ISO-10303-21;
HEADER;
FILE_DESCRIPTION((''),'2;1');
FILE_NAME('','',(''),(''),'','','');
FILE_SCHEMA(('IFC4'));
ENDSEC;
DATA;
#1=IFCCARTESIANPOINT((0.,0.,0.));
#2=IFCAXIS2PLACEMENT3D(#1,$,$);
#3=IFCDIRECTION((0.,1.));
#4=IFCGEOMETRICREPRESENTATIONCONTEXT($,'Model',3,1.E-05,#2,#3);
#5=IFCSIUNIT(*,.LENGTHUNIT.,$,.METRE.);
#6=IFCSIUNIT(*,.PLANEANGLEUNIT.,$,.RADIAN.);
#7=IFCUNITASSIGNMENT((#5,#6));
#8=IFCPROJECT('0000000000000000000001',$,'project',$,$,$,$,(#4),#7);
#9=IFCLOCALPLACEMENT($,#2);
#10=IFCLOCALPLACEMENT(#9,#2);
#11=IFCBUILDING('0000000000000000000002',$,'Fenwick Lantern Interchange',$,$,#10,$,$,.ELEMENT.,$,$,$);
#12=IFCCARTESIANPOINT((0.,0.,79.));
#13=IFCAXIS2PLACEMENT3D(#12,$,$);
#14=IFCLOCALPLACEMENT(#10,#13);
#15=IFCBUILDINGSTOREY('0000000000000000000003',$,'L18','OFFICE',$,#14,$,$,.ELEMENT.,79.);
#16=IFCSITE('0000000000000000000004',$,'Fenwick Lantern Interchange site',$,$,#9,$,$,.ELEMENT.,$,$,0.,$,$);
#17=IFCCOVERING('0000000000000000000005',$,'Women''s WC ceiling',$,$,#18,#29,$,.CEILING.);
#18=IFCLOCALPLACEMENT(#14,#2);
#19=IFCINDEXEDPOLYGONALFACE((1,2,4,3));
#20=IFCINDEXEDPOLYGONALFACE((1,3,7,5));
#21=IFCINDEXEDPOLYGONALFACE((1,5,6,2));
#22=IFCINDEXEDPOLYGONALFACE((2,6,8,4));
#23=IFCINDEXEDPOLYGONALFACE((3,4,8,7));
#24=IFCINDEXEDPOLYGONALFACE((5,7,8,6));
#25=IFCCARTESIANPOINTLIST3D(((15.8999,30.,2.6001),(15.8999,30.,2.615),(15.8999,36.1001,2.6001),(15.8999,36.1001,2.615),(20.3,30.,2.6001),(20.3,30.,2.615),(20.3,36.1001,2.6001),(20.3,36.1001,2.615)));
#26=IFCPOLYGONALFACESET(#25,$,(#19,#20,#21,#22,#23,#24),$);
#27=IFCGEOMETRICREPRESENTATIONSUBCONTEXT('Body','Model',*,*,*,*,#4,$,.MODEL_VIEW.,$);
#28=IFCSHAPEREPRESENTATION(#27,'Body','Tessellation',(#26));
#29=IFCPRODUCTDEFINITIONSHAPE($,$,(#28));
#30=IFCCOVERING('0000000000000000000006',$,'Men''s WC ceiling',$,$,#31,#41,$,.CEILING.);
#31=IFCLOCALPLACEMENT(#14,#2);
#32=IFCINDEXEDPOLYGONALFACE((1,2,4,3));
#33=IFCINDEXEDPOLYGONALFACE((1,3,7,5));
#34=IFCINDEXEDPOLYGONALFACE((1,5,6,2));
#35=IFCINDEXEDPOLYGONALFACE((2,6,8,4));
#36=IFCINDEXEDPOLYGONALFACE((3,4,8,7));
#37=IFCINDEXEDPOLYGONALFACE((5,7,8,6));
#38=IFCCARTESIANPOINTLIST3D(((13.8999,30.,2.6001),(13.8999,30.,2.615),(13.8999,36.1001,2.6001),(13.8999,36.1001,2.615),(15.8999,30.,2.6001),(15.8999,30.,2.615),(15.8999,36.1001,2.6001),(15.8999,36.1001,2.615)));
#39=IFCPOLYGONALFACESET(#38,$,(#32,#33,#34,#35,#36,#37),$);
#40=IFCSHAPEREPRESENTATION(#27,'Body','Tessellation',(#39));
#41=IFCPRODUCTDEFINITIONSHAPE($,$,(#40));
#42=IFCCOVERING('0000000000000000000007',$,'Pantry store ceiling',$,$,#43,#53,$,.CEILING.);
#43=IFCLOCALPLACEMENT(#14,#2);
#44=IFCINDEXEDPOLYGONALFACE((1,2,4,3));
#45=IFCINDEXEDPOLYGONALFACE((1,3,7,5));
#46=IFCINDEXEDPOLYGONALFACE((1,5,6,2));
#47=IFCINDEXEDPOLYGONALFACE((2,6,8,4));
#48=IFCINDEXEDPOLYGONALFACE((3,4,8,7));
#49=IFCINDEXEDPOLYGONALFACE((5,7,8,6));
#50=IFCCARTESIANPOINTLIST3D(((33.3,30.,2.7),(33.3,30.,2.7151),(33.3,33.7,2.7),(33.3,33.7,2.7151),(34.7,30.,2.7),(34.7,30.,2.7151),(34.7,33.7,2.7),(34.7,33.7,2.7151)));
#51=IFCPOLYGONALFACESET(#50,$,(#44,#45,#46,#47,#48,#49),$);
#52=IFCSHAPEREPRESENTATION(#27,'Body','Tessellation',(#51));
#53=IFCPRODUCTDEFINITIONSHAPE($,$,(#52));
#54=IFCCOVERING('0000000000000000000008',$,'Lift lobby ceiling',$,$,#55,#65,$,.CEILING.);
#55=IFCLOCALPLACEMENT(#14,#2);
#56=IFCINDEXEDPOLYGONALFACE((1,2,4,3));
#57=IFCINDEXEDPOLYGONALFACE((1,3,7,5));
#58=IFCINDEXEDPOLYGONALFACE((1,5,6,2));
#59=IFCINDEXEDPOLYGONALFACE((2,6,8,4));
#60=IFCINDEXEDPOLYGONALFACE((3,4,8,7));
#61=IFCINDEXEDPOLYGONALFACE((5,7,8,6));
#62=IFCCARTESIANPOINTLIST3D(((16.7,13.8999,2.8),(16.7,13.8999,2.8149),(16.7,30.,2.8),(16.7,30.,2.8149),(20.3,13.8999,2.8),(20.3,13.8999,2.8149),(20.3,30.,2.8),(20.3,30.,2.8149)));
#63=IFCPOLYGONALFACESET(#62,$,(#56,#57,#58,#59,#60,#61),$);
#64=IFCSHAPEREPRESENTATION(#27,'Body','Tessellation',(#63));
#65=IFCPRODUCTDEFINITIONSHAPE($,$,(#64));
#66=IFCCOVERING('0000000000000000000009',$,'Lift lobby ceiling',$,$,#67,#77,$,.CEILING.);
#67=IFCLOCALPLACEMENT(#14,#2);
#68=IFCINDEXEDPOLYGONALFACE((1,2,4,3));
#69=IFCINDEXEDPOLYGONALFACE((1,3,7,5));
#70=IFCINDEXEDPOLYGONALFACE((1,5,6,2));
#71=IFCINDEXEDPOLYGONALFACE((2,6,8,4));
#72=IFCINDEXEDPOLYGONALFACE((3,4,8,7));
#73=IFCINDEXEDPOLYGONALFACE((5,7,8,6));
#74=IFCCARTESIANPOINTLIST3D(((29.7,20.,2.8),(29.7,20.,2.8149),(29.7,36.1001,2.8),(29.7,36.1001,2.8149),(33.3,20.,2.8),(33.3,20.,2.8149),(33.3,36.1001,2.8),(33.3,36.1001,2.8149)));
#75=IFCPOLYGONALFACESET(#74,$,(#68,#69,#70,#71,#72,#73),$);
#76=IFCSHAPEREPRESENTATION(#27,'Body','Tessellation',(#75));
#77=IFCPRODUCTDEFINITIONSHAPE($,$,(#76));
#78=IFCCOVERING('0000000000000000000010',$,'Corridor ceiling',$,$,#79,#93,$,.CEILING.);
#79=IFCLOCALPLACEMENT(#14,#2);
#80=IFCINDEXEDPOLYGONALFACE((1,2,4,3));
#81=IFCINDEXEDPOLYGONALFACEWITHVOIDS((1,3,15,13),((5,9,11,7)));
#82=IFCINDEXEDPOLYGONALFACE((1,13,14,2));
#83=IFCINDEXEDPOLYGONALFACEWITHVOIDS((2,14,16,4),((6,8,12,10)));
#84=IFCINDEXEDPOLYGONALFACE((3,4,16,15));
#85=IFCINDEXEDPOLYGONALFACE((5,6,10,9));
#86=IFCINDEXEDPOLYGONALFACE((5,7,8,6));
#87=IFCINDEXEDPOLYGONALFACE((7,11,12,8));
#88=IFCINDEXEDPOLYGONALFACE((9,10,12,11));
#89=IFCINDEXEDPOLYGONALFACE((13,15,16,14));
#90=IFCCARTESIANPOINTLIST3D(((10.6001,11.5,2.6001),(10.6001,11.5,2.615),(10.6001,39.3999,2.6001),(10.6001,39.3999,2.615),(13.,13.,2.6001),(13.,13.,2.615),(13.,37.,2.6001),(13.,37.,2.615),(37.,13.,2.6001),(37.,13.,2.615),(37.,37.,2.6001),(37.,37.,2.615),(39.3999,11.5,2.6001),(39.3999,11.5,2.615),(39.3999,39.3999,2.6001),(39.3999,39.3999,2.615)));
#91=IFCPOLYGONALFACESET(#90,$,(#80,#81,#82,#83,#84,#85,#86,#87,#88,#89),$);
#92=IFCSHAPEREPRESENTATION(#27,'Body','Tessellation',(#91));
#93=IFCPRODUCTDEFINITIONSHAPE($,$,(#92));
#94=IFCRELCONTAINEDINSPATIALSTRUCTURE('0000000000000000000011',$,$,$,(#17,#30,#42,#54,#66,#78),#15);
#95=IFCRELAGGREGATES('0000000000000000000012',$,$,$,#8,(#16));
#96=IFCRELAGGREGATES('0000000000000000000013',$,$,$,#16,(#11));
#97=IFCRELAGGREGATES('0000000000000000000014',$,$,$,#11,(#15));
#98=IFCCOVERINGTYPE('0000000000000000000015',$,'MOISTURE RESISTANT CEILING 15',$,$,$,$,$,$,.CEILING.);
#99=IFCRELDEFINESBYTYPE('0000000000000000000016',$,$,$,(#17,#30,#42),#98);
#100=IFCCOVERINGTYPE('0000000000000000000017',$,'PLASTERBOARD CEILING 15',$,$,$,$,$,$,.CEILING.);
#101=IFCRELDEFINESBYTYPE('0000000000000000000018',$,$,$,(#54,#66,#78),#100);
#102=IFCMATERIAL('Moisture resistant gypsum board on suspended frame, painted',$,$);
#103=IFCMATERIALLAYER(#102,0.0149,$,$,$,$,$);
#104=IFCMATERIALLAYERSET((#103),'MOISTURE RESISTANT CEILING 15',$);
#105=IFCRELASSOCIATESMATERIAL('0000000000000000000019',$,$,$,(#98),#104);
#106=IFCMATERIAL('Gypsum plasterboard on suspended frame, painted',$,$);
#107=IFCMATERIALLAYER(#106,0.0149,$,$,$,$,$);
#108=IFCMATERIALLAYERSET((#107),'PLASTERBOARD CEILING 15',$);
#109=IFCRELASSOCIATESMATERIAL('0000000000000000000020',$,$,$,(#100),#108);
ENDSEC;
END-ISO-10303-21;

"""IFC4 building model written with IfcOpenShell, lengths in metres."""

from ifc_helpers import new_model, si_unit, direction, frame, origin, place, context, subcontext, project, spatial, polyline, outline, extrude, material, layer, layer_set, type_object, element, save


model = new_model("IFC4")

# Units and contexts
model_context = context("Model", 3, precision=1e-05, world=origin(), true_north=direction((0.0, 1.0)))
body_context = subcontext(model_context, "Body", "Model", "MODEL_VIEW")
ifc_project = project(units=[si_unit("LENGTHUNIT", "METRE"), si_unit("PLANEANGLEUNIT", "RADIAN")], contexts=[model_context])

# Site, building, storey
site_placement = place(None, origin())
site = spatial("IfcSite", under=ifc_project, at=site_placement, Name="Fenwick Lantern Interchange site", CompositionType="ELEMENT", RefElevation=0.0)
building_placement = place(site_placement, origin())
building = spatial("IfcBuilding", under=site, at=building_placement, Name="Fenwick Lantern Interchange", CompositionType="ELEMENT")
storey_placement = place(building_placement, frame((0.0, 0.0, 79.0)))
storey = spatial("IfcBuildingStorey", under=building, at=storey_placement, Name="L18", Description="OFFICE", CompositionType="ELEMENT", Elevation=79.0)

# Coverings
ifc_material_1 = material(Name="Moisture resistant gypsum board on suspended frame, painted")
ifc_layer_1 = layer(ifc_material_1, 0.0149)
ifc_layer_set_1 = layer_set([ifc_layer_1], Name="MOISTURE RESISTANT CEILING 15")
covering_type_1 = type_object("IfcCoveringType", Name="MOISTURE RESISTANT CEILING 15", PredefinedType="CEILING", material=ifc_layer_set_1)
covering_1_placement = place(storey_placement, frame((0.0, 0.0, 2.6001)))
element("IfcCovering", 1, at=covering_1_placement, inside=storey, type_object=covering_type_1, Name="Women's WC ceiling", PredefinedType="CEILING", context=body_context, shape_type="SweptSolid", body=[
    extrude(outline(polyline([(20.3, 36.1001), (15.8999, 36.1001), (15.8999, 30.0), (20.3, 30.0), (20.3, 36.1001)])), origin(), (0.0, 0.0, 1.0), 0.0149),
])
covering_2_placement = place(storey_placement, frame((0.0, 0.0, 2.6001)))
element("IfcCovering", 2, at=covering_2_placement, inside=storey, type_object=covering_type_1, Name="Men's WC ceiling", PredefinedType="CEILING", context=body_context, shape_type="SweptSolid", body=[
    extrude(outline(polyline([(15.8999, 36.1001), (13.8999, 36.1001), (13.8999, 30.0), (15.8999, 30.0), (15.8999, 36.1001)])), origin(), (0.0, 0.0, 1.0), 0.0149),
])
covering_3_placement = place(storey_placement, frame((0.0, 0.0, 2.7)))
element("IfcCovering", 3, at=covering_3_placement, inside=storey, type_object=covering_type_1, Name="Pantry store ceiling", PredefinedType="CEILING", context=body_context, shape_type="SweptSolid", body=[
    extrude(outline(polyline([(34.7, 33.7), (33.3, 33.7), (33.3, 30.0), (34.7, 30.0), (34.7, 33.7)])), origin(), (0.0, 0.0, 1.0), 0.0151),
])
ifc_material_2 = material(Name="Gypsum plasterboard on suspended frame, painted")
ifc_layer_2 = layer(ifc_material_2, 0.0149)
ifc_layer_set_2 = layer_set([ifc_layer_2], Name="PLASTERBOARD CEILING 15")
covering_type_2 = type_object("IfcCoveringType", Name="PLASTERBOARD CEILING 15", PredefinedType="CEILING", material=ifc_layer_set_2)
covering_4_placement = place(storey_placement, frame((0.0, 0.0, 2.8)))
element("IfcCovering", 4, at=covering_4_placement, inside=storey, type_object=covering_type_2, Name="Lift lobby ceiling", PredefinedType="CEILING", context=body_context, shape_type="SweptSolid", body=[
    extrude(outline(polyline([(16.7, 13.8999), (20.3, 13.8999), (20.3, 30.0), (16.7, 30.0), (16.7, 13.8999)])), origin(), (0.0, 0.0, 1.0), 0.0149),
])
covering_5_placement = place(storey_placement, frame((0.0, 0.0, 2.8)))
element("IfcCovering", 5, at=covering_5_placement, inside=storey, type_object=covering_type_2, Name="Lift lobby ceiling", PredefinedType="CEILING", context=body_context, shape_type="SweptSolid", body=[
    extrude(outline(polyline([(33.3, 36.1001), (29.7, 36.1001), (29.7, 20.0), (33.3, 20.0), (33.3, 36.1001)])), origin(), (0.0, 0.0, 1.0), 0.0149),
])
covering_6_placement = place(storey_placement, frame((0.0, 0.0, 2.6001)))
element("IfcCovering", 6, at=covering_6_placement, inside=storey, type_object=covering_type_2, Name="Corridor ceiling", PredefinedType="CEILING", context=body_context, shape_type="SweptSolid", body=[
    extrude(outline(polyline([(10.6001, 11.5), (39.3999, 11.5), (39.3999, 39.3999), (10.6001, 39.3999), (10.6001, 11.5)]), holes=[polyline([(13.0, 13.0), (13.0, 37.0), (37.0, 37.0), (37.0, 13.0), (13.0, 13.0)])]), origin(), (0.0, 0.0, 1.0), 0.0149),
])

save(model, "model.ifc")
